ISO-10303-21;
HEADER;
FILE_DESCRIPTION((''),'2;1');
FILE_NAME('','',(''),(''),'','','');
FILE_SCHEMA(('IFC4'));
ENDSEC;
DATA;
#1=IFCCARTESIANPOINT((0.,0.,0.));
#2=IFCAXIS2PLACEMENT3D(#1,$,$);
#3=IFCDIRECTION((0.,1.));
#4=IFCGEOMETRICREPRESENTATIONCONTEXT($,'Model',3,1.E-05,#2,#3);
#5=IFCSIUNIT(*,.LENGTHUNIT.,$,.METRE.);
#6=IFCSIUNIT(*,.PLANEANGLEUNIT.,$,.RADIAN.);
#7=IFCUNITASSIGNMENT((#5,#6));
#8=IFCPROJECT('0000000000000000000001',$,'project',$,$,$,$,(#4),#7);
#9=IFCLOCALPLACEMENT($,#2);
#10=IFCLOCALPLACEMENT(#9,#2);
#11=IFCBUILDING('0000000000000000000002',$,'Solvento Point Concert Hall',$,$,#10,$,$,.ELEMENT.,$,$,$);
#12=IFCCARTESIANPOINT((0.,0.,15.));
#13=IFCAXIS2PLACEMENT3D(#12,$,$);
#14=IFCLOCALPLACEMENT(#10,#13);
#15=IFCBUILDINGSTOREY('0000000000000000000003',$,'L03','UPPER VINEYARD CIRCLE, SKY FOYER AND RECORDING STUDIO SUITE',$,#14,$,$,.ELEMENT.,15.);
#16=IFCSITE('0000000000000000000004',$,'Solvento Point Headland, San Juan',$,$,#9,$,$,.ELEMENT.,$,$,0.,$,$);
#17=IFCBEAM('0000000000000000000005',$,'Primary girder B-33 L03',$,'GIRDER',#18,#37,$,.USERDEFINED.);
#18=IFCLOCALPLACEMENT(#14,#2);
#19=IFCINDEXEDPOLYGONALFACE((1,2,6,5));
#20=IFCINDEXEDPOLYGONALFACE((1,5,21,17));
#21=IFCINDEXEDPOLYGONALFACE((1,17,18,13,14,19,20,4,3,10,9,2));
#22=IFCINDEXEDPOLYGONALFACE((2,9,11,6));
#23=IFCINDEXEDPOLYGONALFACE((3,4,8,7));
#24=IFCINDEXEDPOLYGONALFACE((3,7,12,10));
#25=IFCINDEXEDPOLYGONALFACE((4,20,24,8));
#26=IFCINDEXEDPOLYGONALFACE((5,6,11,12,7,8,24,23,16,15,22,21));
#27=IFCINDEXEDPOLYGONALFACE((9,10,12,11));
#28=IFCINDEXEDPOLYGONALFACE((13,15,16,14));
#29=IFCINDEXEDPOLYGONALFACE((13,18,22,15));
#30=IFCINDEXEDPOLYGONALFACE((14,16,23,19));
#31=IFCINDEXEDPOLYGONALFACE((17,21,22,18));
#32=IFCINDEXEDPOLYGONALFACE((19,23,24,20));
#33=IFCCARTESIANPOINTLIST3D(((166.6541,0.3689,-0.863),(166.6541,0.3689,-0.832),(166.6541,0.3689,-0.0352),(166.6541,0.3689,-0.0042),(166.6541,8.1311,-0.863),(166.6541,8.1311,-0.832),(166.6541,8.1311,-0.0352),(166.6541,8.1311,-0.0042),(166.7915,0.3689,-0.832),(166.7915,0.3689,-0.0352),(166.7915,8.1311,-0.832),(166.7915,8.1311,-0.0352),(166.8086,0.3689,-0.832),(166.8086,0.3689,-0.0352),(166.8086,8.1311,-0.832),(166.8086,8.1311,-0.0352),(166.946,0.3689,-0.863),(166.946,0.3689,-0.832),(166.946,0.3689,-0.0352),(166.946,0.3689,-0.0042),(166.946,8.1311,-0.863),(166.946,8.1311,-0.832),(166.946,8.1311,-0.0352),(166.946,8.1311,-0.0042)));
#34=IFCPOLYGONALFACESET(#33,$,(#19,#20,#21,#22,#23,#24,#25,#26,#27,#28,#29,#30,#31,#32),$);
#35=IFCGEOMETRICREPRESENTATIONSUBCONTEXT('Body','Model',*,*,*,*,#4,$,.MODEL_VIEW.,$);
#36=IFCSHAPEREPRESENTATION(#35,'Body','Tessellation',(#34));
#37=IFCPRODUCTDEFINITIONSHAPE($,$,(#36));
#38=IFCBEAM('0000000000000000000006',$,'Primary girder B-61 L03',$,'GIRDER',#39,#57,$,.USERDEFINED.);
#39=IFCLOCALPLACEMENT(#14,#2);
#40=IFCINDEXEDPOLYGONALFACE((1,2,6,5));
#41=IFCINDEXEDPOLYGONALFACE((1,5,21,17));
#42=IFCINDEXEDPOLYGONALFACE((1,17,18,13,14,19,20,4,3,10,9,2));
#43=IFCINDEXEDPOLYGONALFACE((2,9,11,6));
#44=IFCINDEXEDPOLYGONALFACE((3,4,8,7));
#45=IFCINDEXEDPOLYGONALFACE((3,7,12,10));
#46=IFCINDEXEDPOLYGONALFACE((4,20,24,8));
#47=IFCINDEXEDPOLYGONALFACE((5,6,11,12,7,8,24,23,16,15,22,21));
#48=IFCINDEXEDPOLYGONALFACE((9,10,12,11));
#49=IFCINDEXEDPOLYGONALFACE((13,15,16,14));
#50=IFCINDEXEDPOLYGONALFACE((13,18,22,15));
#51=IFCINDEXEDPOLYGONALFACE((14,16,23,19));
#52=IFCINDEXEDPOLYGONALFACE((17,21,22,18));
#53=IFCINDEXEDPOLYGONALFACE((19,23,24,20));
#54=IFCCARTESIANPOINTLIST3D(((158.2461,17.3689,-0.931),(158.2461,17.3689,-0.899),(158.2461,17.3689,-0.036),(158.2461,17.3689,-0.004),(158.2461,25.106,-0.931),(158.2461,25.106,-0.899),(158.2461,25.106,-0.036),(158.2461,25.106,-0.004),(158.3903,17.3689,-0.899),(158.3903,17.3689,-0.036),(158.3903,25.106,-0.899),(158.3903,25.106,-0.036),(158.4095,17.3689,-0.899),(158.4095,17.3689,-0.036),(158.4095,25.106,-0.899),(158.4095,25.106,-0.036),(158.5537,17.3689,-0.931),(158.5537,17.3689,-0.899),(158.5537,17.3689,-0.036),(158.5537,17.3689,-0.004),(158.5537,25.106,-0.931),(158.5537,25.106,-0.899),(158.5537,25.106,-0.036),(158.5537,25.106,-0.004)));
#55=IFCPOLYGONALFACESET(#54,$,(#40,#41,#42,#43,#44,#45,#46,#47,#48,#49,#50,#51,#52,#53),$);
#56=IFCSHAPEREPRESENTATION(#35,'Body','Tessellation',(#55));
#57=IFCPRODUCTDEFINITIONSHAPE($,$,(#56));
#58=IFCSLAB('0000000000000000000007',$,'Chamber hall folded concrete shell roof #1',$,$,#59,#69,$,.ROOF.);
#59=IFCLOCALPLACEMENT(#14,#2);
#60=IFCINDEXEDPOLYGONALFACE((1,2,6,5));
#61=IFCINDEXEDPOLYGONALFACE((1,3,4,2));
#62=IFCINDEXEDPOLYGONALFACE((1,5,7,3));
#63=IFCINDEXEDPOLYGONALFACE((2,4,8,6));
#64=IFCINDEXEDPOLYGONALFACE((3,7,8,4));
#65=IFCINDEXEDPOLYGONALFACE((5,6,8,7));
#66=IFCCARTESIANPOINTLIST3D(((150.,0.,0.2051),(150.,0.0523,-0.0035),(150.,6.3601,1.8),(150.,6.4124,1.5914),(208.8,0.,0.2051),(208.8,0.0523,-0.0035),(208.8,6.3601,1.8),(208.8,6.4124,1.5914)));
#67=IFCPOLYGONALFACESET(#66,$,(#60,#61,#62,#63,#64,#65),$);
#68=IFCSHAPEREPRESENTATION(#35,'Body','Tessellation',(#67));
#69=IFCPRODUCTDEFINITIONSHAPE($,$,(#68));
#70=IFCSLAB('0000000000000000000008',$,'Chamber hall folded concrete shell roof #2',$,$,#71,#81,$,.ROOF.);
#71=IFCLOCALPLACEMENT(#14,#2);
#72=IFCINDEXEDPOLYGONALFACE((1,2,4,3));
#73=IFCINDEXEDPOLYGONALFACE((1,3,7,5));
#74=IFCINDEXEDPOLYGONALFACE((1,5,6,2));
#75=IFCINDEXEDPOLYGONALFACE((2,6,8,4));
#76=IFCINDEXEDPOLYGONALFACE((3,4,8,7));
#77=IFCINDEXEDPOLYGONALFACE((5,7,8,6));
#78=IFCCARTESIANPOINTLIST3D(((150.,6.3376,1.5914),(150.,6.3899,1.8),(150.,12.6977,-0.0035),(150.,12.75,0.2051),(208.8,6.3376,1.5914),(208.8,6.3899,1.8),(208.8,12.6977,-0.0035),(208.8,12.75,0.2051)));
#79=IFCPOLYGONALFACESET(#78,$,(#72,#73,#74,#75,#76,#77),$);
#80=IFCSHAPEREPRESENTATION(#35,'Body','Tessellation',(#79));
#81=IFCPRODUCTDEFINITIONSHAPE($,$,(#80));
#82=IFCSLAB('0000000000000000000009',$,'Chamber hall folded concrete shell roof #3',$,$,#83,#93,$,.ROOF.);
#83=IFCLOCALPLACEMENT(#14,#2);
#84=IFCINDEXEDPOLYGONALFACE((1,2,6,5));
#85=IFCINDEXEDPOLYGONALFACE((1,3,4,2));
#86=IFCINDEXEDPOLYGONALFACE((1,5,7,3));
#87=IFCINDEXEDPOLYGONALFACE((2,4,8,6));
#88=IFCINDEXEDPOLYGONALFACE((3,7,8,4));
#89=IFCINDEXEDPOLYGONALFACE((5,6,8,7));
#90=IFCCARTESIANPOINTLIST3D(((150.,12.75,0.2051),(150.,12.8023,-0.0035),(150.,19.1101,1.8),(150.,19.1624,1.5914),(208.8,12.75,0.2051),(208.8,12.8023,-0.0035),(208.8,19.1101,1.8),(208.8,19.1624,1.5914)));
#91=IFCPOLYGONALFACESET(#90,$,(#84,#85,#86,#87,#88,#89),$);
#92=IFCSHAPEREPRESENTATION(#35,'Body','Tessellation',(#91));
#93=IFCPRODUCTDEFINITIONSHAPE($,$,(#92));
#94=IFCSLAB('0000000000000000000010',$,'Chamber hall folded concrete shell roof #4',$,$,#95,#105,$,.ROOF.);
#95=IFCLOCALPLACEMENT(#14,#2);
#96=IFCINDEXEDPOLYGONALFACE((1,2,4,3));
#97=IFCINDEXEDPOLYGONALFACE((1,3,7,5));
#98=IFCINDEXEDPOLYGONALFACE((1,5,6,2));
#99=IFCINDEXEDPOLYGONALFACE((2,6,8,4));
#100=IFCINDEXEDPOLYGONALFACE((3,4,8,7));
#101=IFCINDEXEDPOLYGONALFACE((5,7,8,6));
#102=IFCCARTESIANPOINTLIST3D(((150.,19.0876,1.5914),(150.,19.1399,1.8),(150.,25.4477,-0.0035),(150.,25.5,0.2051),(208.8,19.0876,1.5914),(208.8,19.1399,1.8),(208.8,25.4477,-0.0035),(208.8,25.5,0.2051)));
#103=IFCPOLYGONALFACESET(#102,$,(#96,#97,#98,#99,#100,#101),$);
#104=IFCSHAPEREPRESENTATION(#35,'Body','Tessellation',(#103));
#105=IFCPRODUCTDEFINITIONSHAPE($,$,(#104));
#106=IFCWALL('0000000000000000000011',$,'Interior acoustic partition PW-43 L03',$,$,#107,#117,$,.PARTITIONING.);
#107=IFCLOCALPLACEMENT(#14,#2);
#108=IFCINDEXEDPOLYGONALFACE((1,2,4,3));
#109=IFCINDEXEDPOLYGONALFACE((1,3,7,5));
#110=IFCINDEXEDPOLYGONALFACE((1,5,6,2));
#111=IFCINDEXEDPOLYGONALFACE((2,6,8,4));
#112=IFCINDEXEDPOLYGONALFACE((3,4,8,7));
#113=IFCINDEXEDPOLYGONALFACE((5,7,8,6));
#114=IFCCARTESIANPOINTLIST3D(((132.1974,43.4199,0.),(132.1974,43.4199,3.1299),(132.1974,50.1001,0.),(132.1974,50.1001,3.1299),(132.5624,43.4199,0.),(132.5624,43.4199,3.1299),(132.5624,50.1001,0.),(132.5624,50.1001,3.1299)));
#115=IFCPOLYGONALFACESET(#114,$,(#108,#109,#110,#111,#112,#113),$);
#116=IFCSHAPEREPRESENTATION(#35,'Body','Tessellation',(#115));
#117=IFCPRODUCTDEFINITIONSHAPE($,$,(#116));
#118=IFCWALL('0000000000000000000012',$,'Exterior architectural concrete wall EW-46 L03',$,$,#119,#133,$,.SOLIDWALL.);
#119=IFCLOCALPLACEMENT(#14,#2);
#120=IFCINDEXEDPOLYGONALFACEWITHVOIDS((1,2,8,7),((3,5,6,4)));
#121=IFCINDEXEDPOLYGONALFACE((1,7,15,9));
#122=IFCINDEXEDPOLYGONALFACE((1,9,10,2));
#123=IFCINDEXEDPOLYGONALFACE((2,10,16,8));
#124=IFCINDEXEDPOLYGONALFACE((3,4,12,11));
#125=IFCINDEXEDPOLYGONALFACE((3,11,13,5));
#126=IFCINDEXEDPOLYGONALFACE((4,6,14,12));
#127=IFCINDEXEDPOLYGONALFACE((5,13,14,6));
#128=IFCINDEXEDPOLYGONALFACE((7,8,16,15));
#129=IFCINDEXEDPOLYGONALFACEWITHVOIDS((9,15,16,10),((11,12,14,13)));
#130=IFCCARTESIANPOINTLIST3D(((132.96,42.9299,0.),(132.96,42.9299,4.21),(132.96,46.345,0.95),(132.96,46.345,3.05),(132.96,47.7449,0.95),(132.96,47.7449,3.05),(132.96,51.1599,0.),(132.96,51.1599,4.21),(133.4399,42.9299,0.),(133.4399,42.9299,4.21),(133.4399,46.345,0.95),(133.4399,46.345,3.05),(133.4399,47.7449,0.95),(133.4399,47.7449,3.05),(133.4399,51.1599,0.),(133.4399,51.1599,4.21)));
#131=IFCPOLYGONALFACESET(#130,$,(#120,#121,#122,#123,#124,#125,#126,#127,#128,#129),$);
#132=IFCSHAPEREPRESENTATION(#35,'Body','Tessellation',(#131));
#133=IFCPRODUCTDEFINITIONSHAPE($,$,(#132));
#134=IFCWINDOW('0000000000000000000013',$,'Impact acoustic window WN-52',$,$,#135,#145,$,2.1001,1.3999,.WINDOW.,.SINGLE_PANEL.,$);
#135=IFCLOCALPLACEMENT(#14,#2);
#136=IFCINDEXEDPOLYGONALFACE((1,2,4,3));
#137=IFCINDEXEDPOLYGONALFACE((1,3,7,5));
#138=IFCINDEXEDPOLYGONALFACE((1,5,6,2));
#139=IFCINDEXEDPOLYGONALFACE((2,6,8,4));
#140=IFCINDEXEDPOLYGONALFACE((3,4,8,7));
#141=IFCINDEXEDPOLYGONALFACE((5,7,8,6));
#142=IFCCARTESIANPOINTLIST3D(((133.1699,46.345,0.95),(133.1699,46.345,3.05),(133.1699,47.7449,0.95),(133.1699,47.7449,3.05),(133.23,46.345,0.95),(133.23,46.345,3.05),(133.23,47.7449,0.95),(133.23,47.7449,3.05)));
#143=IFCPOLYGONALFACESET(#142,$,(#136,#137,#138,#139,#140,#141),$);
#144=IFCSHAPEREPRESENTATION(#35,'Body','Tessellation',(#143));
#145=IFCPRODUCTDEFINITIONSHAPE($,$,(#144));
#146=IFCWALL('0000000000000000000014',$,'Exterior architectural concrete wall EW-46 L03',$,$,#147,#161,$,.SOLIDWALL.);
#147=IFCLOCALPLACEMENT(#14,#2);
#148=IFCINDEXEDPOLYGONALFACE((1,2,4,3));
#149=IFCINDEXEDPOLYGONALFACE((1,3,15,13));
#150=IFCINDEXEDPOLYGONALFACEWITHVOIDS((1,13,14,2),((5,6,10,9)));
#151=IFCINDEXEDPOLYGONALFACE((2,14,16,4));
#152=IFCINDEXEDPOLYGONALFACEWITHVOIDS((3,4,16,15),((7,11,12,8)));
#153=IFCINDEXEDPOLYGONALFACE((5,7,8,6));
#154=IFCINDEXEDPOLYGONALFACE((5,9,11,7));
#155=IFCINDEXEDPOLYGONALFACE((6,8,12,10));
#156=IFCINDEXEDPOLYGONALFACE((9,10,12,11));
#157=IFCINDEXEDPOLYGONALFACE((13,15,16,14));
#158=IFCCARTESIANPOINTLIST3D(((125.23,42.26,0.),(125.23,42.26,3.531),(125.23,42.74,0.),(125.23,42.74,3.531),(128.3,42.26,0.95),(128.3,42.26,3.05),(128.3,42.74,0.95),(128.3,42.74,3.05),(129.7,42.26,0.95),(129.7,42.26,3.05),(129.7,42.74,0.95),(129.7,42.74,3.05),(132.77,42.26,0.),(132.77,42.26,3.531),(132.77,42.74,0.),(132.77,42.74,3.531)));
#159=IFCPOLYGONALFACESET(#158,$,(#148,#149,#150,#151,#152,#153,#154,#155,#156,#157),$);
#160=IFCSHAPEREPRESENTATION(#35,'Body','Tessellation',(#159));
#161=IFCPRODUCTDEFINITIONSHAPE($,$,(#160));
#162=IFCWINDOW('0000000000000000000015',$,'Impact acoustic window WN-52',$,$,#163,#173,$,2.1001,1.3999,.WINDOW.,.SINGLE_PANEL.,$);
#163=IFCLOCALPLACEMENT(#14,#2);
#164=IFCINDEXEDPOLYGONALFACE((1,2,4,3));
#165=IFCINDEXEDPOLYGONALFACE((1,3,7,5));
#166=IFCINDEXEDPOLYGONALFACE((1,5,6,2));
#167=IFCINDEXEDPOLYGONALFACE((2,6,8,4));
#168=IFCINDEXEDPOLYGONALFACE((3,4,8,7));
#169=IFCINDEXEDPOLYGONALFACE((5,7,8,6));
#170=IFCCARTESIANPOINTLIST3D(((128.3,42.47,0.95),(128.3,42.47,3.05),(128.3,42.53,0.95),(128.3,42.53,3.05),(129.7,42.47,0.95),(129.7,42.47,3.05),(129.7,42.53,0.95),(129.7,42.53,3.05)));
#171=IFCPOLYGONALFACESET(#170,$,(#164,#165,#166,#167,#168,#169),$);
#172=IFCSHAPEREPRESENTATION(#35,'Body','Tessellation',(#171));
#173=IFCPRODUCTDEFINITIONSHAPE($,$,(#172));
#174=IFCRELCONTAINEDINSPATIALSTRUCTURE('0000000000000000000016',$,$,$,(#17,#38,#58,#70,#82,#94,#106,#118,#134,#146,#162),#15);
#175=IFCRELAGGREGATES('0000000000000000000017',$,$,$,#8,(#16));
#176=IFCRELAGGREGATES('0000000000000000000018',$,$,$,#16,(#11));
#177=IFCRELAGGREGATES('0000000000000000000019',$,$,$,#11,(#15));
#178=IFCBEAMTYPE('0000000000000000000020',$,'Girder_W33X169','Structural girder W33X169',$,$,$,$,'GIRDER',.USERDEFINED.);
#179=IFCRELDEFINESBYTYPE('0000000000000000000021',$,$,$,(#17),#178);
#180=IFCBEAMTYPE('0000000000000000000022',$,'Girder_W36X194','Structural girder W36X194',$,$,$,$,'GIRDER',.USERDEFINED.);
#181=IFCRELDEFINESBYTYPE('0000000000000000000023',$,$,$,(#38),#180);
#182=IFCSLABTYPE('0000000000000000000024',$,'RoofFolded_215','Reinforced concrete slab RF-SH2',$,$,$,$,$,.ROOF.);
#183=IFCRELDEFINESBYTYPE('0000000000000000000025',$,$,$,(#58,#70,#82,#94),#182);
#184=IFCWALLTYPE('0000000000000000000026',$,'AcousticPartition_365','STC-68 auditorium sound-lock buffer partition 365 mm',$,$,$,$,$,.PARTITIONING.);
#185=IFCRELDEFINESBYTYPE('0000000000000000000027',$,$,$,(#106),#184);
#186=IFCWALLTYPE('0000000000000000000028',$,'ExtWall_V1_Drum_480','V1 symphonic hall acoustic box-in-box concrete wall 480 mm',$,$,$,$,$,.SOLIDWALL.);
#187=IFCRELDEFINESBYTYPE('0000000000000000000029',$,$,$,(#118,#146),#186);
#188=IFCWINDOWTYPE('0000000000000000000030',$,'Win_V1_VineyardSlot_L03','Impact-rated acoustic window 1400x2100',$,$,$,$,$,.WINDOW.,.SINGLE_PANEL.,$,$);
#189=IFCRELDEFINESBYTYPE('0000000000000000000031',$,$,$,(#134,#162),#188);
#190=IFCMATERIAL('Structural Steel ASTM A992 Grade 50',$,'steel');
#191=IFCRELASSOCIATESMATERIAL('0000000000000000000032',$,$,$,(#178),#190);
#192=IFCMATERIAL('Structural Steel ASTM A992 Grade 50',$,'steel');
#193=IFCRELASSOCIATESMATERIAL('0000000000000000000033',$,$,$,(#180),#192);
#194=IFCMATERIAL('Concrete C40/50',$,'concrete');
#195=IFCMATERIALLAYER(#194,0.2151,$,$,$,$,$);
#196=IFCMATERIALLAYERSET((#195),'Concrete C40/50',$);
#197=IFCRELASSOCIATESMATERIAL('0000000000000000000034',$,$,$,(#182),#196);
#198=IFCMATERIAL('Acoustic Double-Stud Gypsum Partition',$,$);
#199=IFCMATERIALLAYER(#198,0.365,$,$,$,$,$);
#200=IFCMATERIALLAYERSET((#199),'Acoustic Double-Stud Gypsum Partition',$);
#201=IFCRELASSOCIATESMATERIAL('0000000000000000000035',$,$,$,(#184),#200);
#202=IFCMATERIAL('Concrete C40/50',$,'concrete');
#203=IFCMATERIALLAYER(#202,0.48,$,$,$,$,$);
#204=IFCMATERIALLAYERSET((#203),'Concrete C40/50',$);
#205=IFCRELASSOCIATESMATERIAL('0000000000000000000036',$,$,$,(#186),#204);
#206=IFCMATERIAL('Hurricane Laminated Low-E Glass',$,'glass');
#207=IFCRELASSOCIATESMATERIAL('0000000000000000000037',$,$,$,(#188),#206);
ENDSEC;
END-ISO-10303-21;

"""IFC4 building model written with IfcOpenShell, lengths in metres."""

from ifc_helpers import new_model, si_unit, direction, frame, frame_2d, origin, origin_2d, place, context, subcontext, project, spatial, polyline, rectangle, i_section, outline, extrude, material, layer, layer_set, material_profile, profile_set, type_object, element, fill, save


model = new_model("IFC4")

# Units and contexts
model_context = context("Model", 3, precision=1e-05, world=origin(), true_north=direction((0.0, 1.0)))
body_context = subcontext(model_context, "Body", "Model", "MODEL_VIEW")
ifc_project = project(units=[si_unit("LENGTHUNIT", "METRE"), si_unit("PLANEANGLEUNIT", "RADIAN")], contexts=[model_context])

# Site, building, storey
site_placement = place(None, origin())
site = spatial("IfcSite", under=ifc_project, at=site_placement, Name="Solvento Point Headland, San Juan", CompositionType="ELEMENT", RefElevation=0.0)
building_placement = place(site_placement, origin())
building = spatial("IfcBuilding", under=site, at=building_placement, Name="Solvento Point Concert Hall", CompositionType="ELEMENT")
storey_placement = place(building_placement, frame((0.0, 0.0, 15.0)))
storey = spatial("IfcBuildingStorey", under=building, at=storey_placement, Name="L03", Description="UPPER VINEYARD CIRCLE, SKY FOYER AND RECORDING STUDIO SUITE", CompositionType="ELEMENT", Elevation=15.0)

# Beams
ifc_material_1 = material(Name="Structural Steel ASTM A992 Grade 50", Category="steel")
ifc_material_profile_1 = material_profile(ifc_material_1, i_section(OverallWidth=0.292, OverallDepth=0.8589, WebThickness=0.0171, FlangeThickness=0.031, at=origin_2d()), Name="W33X169")
ifc_profile_set_1 = profile_set([ifc_material_profile_1], Name="Structural Steel ASTM A992 Grade 50")
beam_type_1 = type_object("IfcBeamType", Name="Girder_W33X169", Description="Structural girder W33X169", ElementType="GIRDER", PredefinedType="USERDEFINED", material=ifc_profile_set_1)
for number, where, z_axis, x_axis, name in (
    (1, (166.8, 0.3689, -0.4336), (0.0, 1.0, 0.0), (-1.0, 0.0, 0.0), "Primary girder B-33 L03"),
):
    element("IfcBeam", number, at=place(storey_placement, frame(where, z_axis=z_axis, x_axis=x_axis)), inside=storey, type_object=beam_type_1, Name=name, ObjectType="GIRDER", PredefinedType="USERDEFINED", context=body_context, shape_type="SweptSolid", body=[
        extrude(i_section(OverallWidth=0.292, OverallDepth=0.8589, WebThickness=0.0171, FlangeThickness=0.031, at=origin_2d()), origin(), (0.0, 0.0, 1.0), 7.7622),
    ])
ifc_material_2 = material(Name="Structural Steel ASTM A992 Grade 50", Category="steel")
ifc_material_profile_2 = material_profile(ifc_material_2, i_section(OverallWidth=0.3076, OverallDepth=0.927, WebThickness=0.0193, FlangeThickness=0.032, at=origin_2d()), Name="W36X194")
ifc_profile_set_2 = profile_set([ifc_material_profile_2], Name="Structural Steel ASTM A992 Grade 50")
beam_type_2 = type_object("IfcBeamType", Name="Girder_W36X194", Description="Structural girder W36X194", ElementType="GIRDER", PredefinedType="USERDEFINED", material=ifc_profile_set_2)
beam_1_placement = place(storey_placement, frame((158.3999, 17.3689, -0.4675), z_axis=(0.0, 1.0, 0.0), x_axis=(-1.0, 0.0, 0.0)))
element("IfcBeam", 2, at=beam_1_placement, inside=storey, type_object=beam_type_2, Name="Primary girder B-61 L03", ObjectType="GIRDER", PredefinedType="USERDEFINED", context=body_context, shape_type="SweptSolid", body=[
    extrude(i_section(OverallWidth=0.3076, OverallDepth=0.927, WebThickness=0.0193, FlangeThickness=0.032, at=origin_2d()), origin(), (0.0, 0.0, 1.0), 7.7371),
])

# Slabs
ifc_material_3 = material(Name="Concrete C40/50", Category="concrete")
ifc_layer_1 = layer(ifc_material_3, 0.2151)
ifc_layer_set_1 = layer_set([ifc_layer_1], Name="Concrete C40/50")
slab_type = type_object("IfcSlabType", Name="RoofFolded_215", Description="Reinforced concrete slab RF-SH2", PredefinedType="ROOF", material=ifc_layer_set_1)
for number, where, z_axis, x_axis, name in (
    (3, (150.0, 0.0, 0.2051), (0.0, -0.243245, 0.969965), (1.0, 0.0, 0.0), "Chamber hall folded concrete shell roof #1"),
    (4, (150.0, 6.3899, 1.8), (0.0, 0.243245, 0.969965), (1.0, 0.0, 0.0), "Chamber hall folded concrete shell roof #2"),
    (5, (150.0, 12.75, 0.2051), (0.0, -0.243245, 0.969965), (1.0, 0.0, 0.0), "Chamber hall folded concrete shell roof #3"),
    (6, (150.0, 19.1399, 1.8), (0.0, 0.243245, 0.969965), (1.0, 0.0, 0.0), "Chamber hall folded concrete shell roof #4"),
):
    element("IfcSlab", number, at=place(storey_placement, frame(where, z_axis=z_axis, x_axis=x_axis)), inside=storey, type_object=slab_type, Name=name, PredefinedType="ROOF", context=body_context, shape_type="SweptSolid", body=[
        extrude(outline(polyline([(0.0, 0.0), (58.8, 0.0), (58.8, 6.557), (0.0, 6.557), (0.0, 0.0)])), origin(), (0.0, 0.0, -1.0), 0.2151),
    ])

# Wall
ifc_material_4 = material(Name="Acoustic Double-Stud Gypsum Partition")
ifc_layer_2 = layer(ifc_material_4, 0.365)
ifc_layer_set_2 = layer_set([ifc_layer_2], Name="Acoustic Double-Stud Gypsum Partition")
wall_type_1 = type_object("IfcWallType", Name="AcousticPartition_365", Description="STC-68 auditorium sound-lock buffer partition 365 mm", PredefinedType="PARTITIONING", material=ifc_layer_set_2)
wall_1_placement = place(storey_placement, frame((132.3799, 50.1001, 0.0), z_axis=(0.0, 0.0, 1.0), x_axis=(0.0, -1.0, 0.0)))
element("IfcWall", 7, at=wall_1_placement, inside=storey, type_object=wall_type_1, Name="Interior acoustic partition PW-43 L03", PredefinedType="PARTITIONING", context=body_context, shape_type="SweptSolid", body=[
    extrude(rectangle(XDim=6.6802, YDim=0.365, at=frame_2d((3.3401, 0.0))), origin(), (0.0, 0.0, 1.0), 3.1299),
])

# Walls, openings, windows
ifc_material_5 = material(Name="Concrete C40/50", Category="concrete")
ifc_layer_3 = layer(ifc_material_5, 0.48)
ifc_layer_set_3 = layer_set([ifc_layer_3], Name="Concrete C40/50")
wall_type_2 = type_object("IfcWallType", Name="ExtWall_V1_Drum_480", Description="V1 symphonic hall acoustic box-in-box concrete wall 480 mm", PredefinedType="SOLIDWALL", material=ifc_layer_set_3)
wall_2_placement = place(storey_placement, frame((133.2, 51.1599, 0.0), z_axis=(0.0, 0.0, 1.0), x_axis=(0.0, -1.0, 0.0)))
wall_2 = element("IfcWall", 8, at=wall_2_placement, inside=storey, type_object=wall_type_2, Name="Exterior architectural concrete wall EW-46 L03", PredefinedType="SOLIDWALL", context=body_context, shape_type="SweptSolid", body=[
    extrude(rectangle(XDim=8.23, YDim=0.48, at=frame_2d((4.115, 0.0))), origin(), (0.0, 0.0, 1.0), 4.21),
])
opening_1_placement = place(wall_2_placement, frame((3.415, 0.0, 0.95)))
opening_1 = element("IfcOpeningElement", 9, at=opening_1_placement, cuts=wall_2, PredefinedType="OPENING", context=body_context, shape_type="SweptSolid", body=[
    extrude(rectangle(XDim=1.3999, YDim=2.1001, at=frame_2d((0.7, 1.05))), frame((0.0, 0.25, 0.0), z_axis=(0.0, -1.0, 0.0), x_axis=(1.0, 0.0, 0.0)), (0.0, 0.0, 1.0), 0.5),
])
ifc_material_6 = material(Name="Hurricane Laminated Low-E Glass", Category="glass")
window_type = type_object("IfcWindowType", Name="Win_V1_VineyardSlot_L03", Description="Impact-rated acoustic window 1400x2100", PartitioningType="SINGLE_PANEL", PredefinedType="WINDOW", material=ifc_material_6)
window_1_placement = place(opening_1_placement, origin())
window_1 = element("IfcWindow", 10, at=window_1_placement, inside=storey, type_object=window_type, Name="Impact acoustic window WN-52", OverallHeight=2.1001, OverallWidth=1.3999, PartitioningType="SINGLE_PANEL", PredefinedType="WINDOW", context=body_context, shape_type="SweptSolid", body=[
    extrude(rectangle(XDim=1.3999, YDim=2.1001, at=frame_2d((0.7, 1.05))), frame((0.0, 0.03, 0.0), z_axis=(0.0, -1.0, 0.0), x_axis=(1.0, 0.0, 0.0)), (0.0, 0.0, 1.0), 0.0601),
])
fill(opening_1, window_1)
wall_3_placement = place(storey_placement, frame((132.77, 42.5, 0.0), z_axis=(0.0, 0.0, 1.0), x_axis=(-1.0, 0.0, 0.0)))
wall_3 = element("IfcWall", 11, at=wall_3_placement, inside=storey, type_object=wall_type_2, Name="Exterior architectural concrete wall EW-46 L03", PredefinedType="SOLIDWALL", context=body_context, shape_type="SweptSolid", body=[
    extrude(rectangle(XDim=7.54, YDim=0.48, at=frame_2d((3.77, 0.0))), origin(), (0.0, 0.0, 1.0), 3.531),
])
opening_2_placement = place(wall_3_placement, frame((3.0701, 0.0, 0.95)))
opening_2 = element("IfcOpeningElement", 12, at=opening_2_placement, cuts=wall_3, PredefinedType="OPENING", context=body_context, shape_type="SweptSolid", body=[
    extrude(rectangle(XDim=1.3999, YDim=2.1001, at=frame_2d((0.7, 1.05))), frame((0.0, 0.25, 0.0), z_axis=(0.0, -1.0, 0.0), x_axis=(1.0, 0.0, 0.0)), (0.0, 0.0, 1.0), 0.5),
])
window_2_placement = place(opening_2_placement, origin())
window_2 = element("IfcWindow", 13, at=window_2_placement, inside=storey, type_object=window_type, Name="Impact acoustic window WN-52", OverallHeight=2.1001, OverallWidth=1.3999, PartitioningType="SINGLE_PANEL", PredefinedType="WINDOW", context=body_context, shape_type="SweptSolid", body=[
    extrude(rectangle(XDim=1.3999, YDim=2.1001, at=frame_2d((0.7, 1.05))), frame((0.0, 0.03, 0.0), z_axis=(0.0, -1.0, 0.0), x_axis=(1.0, 0.0, 0.0)), (0.0, 0.0, 1.0), 0.0601),
])
fill(opening_2, window_2)

save(model, "model.ifc")
